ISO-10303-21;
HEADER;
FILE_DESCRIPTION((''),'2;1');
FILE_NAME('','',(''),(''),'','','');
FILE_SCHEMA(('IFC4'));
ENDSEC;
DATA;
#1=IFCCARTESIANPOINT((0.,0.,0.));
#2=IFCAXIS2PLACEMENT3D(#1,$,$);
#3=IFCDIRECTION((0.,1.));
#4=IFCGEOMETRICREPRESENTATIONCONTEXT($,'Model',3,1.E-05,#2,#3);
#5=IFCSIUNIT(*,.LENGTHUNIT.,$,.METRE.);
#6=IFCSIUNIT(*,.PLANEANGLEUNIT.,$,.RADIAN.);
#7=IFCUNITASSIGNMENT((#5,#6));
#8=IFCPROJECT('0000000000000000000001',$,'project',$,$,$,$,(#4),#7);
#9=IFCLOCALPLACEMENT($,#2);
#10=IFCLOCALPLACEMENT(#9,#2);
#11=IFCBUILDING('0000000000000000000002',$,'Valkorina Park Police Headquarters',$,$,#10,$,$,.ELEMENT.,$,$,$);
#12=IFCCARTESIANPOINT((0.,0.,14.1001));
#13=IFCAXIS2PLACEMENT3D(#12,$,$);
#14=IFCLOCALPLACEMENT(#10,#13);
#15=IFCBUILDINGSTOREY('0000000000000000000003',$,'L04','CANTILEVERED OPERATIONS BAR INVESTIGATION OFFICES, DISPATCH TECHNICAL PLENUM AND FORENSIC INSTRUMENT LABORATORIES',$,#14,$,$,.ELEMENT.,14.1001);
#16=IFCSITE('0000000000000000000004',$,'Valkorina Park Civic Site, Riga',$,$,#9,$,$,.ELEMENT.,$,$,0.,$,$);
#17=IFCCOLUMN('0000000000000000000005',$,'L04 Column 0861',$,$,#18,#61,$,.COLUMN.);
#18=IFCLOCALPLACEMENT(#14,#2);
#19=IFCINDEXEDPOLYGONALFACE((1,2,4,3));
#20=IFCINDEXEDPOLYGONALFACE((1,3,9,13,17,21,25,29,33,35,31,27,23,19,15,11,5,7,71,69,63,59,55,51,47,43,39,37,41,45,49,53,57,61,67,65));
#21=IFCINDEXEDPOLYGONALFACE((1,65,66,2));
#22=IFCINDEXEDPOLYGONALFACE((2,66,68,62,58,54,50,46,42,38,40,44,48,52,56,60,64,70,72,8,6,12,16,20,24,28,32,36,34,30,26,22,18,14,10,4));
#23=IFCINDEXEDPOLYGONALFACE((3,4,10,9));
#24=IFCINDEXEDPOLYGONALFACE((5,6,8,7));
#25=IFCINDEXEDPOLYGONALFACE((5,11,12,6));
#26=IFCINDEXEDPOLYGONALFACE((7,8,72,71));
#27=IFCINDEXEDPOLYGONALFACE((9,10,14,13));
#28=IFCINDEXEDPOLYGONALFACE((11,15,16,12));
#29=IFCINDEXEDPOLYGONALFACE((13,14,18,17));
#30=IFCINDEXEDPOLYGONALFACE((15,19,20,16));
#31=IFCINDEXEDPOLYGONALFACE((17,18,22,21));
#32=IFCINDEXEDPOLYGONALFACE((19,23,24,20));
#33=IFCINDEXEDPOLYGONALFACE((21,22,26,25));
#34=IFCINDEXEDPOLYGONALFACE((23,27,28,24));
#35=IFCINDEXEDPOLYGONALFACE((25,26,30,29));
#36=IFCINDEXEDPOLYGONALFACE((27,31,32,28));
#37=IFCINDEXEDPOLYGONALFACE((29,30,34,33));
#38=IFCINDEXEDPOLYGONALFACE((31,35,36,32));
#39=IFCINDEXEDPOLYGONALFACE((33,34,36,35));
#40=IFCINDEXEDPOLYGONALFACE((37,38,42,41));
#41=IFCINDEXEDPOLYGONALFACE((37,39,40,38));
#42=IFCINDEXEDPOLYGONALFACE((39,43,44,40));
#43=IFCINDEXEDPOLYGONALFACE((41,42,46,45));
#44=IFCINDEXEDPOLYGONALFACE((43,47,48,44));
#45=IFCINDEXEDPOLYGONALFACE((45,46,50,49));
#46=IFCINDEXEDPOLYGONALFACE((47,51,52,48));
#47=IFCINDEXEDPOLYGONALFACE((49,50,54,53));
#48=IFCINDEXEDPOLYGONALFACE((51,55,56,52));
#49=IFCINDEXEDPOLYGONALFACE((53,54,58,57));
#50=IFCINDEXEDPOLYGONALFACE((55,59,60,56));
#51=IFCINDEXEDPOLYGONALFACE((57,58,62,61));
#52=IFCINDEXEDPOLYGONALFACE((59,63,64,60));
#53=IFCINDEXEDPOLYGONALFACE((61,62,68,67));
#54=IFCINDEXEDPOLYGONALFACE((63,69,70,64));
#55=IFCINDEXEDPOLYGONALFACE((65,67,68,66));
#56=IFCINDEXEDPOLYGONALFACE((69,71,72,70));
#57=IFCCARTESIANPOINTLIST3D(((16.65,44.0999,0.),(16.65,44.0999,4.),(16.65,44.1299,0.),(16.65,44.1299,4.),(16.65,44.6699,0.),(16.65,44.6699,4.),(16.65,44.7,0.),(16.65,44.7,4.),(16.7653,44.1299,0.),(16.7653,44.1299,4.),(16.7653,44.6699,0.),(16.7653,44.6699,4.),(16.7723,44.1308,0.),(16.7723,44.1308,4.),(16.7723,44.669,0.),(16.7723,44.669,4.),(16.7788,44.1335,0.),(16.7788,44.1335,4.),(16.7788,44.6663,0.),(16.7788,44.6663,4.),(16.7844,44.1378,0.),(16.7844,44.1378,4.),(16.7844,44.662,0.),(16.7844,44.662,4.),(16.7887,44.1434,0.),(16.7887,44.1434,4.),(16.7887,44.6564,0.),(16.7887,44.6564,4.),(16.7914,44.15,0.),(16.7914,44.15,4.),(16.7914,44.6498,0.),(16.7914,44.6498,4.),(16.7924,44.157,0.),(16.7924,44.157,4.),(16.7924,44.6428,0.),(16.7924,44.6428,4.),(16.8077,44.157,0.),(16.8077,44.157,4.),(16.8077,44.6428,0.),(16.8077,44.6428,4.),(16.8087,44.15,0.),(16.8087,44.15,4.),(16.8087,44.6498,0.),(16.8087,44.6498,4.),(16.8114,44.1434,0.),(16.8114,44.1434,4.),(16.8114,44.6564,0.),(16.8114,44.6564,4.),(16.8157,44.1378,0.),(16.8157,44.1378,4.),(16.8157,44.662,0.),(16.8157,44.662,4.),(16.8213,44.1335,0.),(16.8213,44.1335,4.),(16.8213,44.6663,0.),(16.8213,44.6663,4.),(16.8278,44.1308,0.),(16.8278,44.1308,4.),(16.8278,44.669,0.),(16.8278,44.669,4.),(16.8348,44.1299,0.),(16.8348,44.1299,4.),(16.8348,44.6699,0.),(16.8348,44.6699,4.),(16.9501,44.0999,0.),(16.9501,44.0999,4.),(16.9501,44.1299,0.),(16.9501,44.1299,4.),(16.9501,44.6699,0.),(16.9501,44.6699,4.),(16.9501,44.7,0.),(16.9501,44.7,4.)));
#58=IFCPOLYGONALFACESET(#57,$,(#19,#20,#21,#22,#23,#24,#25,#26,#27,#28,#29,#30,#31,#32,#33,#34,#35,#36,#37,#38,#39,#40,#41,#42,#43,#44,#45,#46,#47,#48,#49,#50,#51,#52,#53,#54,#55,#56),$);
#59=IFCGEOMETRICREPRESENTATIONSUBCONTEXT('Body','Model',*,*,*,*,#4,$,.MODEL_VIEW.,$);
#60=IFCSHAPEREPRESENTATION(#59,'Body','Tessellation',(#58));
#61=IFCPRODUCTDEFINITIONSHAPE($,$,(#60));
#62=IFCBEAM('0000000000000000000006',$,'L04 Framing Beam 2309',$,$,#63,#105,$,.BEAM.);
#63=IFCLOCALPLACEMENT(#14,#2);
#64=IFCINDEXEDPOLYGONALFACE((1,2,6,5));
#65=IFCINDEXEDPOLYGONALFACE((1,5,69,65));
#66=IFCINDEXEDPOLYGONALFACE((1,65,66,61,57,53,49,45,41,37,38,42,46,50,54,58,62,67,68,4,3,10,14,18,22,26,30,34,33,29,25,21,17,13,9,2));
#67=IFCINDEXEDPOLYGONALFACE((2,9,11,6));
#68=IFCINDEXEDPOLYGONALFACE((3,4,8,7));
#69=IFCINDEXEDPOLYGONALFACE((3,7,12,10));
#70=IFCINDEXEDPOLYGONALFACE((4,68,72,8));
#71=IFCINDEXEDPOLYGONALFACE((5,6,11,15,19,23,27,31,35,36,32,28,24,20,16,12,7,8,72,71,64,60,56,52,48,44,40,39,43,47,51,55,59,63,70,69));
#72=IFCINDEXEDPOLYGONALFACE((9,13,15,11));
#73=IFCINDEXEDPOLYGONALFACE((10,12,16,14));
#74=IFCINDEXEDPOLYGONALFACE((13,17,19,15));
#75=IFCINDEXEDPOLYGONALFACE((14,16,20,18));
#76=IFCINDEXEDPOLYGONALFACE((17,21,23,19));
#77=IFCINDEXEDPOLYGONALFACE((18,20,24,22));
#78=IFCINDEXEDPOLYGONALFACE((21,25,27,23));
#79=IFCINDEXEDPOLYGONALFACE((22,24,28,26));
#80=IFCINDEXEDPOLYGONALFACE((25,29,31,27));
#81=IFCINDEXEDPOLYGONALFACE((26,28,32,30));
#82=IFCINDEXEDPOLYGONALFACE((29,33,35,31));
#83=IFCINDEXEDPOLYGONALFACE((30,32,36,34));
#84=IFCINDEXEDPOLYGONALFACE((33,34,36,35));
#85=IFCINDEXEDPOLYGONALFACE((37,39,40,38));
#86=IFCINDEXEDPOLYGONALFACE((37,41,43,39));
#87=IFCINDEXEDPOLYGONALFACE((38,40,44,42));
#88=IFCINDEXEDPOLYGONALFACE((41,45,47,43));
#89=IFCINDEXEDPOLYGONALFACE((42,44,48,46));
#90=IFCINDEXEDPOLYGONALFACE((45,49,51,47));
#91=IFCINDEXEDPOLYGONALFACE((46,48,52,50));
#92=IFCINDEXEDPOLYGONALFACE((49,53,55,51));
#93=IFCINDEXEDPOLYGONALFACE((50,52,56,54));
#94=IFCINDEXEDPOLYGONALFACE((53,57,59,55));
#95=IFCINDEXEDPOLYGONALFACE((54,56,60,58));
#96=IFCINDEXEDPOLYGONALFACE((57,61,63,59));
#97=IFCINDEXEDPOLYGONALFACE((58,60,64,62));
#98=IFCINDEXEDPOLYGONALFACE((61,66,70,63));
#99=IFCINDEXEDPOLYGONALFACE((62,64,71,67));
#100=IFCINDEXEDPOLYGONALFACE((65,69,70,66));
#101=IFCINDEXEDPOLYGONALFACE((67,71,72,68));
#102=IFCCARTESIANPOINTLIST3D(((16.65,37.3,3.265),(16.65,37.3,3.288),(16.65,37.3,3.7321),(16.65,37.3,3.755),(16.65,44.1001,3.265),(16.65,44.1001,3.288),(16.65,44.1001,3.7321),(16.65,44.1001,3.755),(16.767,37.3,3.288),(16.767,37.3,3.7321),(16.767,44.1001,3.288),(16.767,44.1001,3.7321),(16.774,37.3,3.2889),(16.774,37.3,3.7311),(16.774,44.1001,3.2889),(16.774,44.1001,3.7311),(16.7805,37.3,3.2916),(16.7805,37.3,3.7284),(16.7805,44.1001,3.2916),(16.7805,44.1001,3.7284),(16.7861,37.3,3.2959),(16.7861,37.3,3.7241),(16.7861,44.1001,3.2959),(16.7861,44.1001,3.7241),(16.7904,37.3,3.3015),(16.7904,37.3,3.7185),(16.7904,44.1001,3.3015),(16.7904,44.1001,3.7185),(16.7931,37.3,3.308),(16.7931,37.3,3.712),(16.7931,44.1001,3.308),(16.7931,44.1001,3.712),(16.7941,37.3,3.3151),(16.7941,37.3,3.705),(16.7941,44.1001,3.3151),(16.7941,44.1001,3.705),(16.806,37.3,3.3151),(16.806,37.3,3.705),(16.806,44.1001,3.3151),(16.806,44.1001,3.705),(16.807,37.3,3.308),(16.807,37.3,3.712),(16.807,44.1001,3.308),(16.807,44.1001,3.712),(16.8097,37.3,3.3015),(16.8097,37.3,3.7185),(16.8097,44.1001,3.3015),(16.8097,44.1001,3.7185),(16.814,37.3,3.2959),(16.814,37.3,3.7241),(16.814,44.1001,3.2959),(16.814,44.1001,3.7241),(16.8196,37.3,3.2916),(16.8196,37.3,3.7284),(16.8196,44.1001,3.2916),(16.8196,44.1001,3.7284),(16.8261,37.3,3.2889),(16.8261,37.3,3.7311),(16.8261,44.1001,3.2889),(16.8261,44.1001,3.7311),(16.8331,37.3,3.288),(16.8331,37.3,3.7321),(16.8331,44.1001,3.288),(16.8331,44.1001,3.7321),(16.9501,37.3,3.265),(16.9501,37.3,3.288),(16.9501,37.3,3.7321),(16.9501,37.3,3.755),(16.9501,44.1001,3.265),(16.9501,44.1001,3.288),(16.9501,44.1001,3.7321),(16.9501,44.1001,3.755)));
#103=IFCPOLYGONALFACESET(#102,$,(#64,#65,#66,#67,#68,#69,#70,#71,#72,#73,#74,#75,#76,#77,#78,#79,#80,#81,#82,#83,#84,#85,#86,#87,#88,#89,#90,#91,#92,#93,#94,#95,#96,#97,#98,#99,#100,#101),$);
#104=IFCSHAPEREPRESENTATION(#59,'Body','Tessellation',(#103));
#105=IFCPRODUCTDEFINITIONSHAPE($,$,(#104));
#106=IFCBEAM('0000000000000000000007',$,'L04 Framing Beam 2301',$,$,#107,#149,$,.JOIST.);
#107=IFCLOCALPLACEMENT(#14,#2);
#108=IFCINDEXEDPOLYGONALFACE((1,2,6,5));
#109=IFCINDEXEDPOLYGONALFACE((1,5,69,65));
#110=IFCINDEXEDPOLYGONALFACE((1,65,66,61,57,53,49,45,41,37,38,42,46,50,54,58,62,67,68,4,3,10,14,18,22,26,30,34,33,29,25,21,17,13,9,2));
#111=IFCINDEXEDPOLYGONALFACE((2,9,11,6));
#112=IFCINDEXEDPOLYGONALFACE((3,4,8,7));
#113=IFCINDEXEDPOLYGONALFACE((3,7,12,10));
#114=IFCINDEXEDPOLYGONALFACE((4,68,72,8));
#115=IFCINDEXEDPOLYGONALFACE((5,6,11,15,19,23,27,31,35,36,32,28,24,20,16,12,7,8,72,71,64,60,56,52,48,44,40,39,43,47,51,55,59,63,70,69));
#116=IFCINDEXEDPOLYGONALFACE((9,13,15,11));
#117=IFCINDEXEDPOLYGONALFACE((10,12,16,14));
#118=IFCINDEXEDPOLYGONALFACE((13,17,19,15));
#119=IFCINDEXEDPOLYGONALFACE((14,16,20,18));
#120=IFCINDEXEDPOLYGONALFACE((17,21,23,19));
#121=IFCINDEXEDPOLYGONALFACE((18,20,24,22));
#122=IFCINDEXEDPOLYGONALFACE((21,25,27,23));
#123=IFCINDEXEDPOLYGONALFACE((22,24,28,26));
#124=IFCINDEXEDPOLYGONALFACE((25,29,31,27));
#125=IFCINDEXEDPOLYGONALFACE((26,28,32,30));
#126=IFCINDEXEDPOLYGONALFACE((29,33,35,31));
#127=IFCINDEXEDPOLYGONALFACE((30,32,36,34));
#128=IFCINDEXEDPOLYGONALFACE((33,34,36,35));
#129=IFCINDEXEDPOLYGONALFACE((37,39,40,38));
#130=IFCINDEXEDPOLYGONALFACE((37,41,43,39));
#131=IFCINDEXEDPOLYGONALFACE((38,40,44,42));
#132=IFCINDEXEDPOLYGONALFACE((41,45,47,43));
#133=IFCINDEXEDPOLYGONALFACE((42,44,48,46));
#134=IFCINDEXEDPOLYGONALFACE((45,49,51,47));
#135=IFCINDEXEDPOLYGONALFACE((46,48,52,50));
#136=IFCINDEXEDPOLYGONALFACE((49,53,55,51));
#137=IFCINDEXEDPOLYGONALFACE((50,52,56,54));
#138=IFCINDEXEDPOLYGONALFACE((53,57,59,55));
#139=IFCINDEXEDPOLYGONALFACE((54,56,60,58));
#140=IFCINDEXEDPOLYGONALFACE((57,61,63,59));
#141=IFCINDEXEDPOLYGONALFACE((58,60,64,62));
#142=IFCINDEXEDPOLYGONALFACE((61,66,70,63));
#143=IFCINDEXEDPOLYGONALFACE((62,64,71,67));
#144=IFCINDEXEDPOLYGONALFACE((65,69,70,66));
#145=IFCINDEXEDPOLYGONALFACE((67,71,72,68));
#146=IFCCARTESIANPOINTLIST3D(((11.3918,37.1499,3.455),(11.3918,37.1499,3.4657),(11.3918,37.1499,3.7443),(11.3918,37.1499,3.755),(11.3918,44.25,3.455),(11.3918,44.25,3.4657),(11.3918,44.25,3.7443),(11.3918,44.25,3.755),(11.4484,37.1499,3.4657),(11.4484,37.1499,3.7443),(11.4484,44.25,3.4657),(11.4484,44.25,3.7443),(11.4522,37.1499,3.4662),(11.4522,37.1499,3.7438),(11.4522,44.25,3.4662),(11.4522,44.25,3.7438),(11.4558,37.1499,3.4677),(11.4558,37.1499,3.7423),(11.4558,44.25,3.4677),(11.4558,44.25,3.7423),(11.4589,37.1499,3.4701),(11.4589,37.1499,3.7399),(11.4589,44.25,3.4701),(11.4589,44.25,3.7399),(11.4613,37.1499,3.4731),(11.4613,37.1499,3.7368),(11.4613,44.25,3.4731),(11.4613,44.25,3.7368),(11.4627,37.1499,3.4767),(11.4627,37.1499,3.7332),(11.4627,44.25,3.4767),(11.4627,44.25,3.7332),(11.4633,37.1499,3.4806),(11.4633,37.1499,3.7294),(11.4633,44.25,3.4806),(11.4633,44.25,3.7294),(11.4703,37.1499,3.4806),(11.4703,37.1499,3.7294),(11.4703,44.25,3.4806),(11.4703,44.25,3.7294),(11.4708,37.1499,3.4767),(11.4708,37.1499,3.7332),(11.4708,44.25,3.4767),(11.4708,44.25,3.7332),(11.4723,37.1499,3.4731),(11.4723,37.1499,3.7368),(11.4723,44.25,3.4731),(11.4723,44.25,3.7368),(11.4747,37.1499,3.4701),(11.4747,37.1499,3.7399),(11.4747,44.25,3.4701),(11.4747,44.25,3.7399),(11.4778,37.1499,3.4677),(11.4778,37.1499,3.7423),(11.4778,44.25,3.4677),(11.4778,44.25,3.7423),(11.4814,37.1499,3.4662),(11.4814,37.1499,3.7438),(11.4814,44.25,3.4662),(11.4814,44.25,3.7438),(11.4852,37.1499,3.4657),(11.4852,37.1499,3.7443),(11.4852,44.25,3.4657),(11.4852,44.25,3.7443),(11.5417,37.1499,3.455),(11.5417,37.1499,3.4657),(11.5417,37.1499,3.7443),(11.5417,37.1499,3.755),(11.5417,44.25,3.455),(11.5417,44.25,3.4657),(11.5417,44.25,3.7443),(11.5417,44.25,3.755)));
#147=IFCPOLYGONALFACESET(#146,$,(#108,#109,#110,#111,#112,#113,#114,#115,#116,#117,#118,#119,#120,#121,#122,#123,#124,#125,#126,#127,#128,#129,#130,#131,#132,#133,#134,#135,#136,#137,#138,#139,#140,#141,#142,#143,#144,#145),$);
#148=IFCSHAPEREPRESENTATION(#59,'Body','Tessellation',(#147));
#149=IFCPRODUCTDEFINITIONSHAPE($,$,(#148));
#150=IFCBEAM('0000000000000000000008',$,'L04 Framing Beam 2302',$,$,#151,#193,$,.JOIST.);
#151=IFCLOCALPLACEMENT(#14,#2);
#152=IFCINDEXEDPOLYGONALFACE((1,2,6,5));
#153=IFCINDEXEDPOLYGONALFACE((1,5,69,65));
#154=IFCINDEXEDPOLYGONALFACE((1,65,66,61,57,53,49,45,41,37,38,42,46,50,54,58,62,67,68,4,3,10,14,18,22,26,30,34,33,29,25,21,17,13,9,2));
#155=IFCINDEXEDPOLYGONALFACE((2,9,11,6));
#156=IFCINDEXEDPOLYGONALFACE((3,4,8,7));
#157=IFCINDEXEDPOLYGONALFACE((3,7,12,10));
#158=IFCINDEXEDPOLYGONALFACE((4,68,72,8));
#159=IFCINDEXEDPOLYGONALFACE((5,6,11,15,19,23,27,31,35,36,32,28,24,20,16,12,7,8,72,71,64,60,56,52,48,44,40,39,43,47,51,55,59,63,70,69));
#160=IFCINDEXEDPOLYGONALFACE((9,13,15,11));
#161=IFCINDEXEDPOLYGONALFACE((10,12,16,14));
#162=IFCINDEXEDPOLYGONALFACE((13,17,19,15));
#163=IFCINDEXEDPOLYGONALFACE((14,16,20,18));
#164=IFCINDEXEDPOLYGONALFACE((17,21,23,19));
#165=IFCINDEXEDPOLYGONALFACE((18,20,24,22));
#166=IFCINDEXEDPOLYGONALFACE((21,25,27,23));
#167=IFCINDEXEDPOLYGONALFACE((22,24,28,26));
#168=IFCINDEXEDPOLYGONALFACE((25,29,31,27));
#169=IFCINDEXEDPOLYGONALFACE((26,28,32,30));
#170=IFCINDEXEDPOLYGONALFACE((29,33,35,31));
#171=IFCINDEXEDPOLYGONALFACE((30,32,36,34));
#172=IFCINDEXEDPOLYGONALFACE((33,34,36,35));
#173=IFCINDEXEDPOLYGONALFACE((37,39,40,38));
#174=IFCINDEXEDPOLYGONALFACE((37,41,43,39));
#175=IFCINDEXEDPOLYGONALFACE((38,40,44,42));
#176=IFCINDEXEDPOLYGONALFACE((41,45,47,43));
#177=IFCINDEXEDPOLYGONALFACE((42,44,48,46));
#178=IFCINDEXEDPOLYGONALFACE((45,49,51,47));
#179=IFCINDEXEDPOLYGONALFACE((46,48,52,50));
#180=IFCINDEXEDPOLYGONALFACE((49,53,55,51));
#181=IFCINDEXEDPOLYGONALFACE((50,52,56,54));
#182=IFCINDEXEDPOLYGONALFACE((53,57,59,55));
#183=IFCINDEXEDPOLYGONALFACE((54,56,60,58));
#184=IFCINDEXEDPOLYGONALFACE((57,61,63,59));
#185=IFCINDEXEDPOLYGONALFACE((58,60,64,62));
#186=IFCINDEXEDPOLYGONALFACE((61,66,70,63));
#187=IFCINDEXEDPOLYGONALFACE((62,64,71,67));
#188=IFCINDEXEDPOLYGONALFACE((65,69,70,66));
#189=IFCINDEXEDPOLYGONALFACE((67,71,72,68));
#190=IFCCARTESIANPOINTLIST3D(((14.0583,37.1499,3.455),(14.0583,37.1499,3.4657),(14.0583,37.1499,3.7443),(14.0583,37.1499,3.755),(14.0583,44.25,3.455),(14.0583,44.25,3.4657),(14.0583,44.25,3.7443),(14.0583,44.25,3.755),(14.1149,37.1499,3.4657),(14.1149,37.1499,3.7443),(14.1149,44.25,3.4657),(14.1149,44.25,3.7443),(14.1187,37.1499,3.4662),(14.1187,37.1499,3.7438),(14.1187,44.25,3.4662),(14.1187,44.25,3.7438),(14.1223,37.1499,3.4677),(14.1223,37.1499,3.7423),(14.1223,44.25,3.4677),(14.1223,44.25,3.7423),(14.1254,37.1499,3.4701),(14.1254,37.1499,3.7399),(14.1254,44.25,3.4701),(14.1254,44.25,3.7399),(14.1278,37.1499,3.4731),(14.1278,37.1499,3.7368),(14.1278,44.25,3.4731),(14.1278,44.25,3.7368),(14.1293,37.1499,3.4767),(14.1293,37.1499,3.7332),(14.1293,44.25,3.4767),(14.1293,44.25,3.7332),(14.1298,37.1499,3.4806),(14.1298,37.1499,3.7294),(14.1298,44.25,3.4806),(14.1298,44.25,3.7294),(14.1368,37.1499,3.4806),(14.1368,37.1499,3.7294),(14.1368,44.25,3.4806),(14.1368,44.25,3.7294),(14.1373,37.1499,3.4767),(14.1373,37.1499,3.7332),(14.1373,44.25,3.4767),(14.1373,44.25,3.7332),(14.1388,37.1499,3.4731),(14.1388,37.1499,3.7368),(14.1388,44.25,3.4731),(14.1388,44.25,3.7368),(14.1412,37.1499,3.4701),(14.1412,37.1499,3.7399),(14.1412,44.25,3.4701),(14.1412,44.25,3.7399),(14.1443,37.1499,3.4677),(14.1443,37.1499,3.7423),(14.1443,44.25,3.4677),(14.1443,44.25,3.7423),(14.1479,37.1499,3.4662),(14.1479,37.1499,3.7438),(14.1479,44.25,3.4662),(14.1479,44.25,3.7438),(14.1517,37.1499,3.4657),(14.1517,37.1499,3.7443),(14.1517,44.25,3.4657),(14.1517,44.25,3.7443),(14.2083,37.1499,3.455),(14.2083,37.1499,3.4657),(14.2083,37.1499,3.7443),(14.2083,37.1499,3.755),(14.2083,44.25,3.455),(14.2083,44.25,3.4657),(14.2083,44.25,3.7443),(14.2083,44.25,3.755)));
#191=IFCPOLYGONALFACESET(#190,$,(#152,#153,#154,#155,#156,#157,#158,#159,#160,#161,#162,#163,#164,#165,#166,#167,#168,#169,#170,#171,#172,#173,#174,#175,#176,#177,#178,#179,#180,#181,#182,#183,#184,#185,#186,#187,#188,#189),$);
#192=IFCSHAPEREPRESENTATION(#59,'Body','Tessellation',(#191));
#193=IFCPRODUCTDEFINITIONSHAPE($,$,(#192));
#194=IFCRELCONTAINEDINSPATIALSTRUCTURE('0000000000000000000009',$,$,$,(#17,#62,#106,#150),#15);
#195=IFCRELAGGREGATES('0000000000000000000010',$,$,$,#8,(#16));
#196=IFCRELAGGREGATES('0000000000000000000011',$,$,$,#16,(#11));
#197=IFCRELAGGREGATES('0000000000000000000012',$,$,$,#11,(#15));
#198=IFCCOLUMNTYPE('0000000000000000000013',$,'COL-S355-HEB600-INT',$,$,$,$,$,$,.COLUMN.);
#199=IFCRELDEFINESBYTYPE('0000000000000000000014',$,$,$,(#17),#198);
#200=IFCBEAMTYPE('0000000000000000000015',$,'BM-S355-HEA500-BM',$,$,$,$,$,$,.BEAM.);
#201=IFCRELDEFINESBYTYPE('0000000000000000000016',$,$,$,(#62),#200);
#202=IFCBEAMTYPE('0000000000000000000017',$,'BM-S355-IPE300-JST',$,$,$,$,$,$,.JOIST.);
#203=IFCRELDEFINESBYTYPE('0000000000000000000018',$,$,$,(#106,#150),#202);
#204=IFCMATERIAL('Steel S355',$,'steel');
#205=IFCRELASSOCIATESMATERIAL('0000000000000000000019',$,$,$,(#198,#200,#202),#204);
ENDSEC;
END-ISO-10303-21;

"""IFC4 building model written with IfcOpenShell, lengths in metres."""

from ifc_helpers import new_model, si_unit, direction, frame, origin, origin_2d, place, context, subcontext, project, spatial, i_section, extrude, material, material_profile, profile_set, type_object, element, save


model = new_model("IFC4")

# Units and contexts
model_context = context("Model", 3, precision=1e-05, world=origin(), true_north=direction((0.0, 1.0)))
body_context = subcontext(model_context, "Body", "Model", "MODEL_VIEW")
ifc_project = project(units=[si_unit("LENGTHUNIT", "METRE"), si_unit("PLANEANGLEUNIT", "RADIAN")], contexts=[model_context])

# Site, building, storey
site_placement = place(None, origin())
site = spatial("IfcSite", under=ifc_project, at=site_placement, Name="Valkorina Park Civic Site, Riga", CompositionType="ELEMENT", RefElevation=0.0)
building_placement = place(site_placement, origin())
building = spatial("IfcBuilding", under=site, at=building_placement, Name="Valkorina Park Police Headquarters", CompositionType="ELEMENT")
storey_placement = place(building_placement, frame((0.0, 0.0, 14.1001)))
storey = spatial("IfcBuildingStorey", under=building, at=storey_placement, Name="L04", Description="CANTILEVERED OPERATIONS BAR INVESTIGATION OFFICES, DISPATCH TECHNICAL PLENUM AND FORENSIC INSTRUMENT LABORATORIES", CompositionType="ELEMENT", Elevation=14.1001)

# Column
ifc_material_1 = material(Name="Steel S355", Category="steel")
ifc_material_profile_1 = material_profile(ifc_material_1, i_section(OverallWidth=0.3, OverallDepth=0.6001, WebThickness=0.0154, FlangeThickness=0.03, FilletRadius=0.0271, at=origin_2d()), Name="HEB 600")
ifc_profile_set_1 = profile_set([ifc_material_profile_1], Name="Steel S355")
column_type = type_object("IfcColumnType", Name="COL-S355-HEB600-INT", PredefinedType="COLUMN", material=ifc_profile_set_1)
column_placement = place(storey_placement, frame((16.8, 44.3999, 0.0), z_axis=(0.0, 0.0, 1.0), x_axis=(1.0, 0.0, 0.0)))
element("IfcColumn", 1, at=column_placement, inside=storey, type_object=column_type, Name="L04 Column 0861", PredefinedType="COLUMN", context=body_context, shape_type="SweptSolid", body=[
    extrude(i_section(OverallWidth=0.3, OverallDepth=0.6001, WebThickness=0.0154, FlangeThickness=0.03, FilletRadius=0.0271, at=origin_2d()), origin(), (0.0, 0.0, 1.0), 4.0),
])

# Beams
ifc_material_profile_2 = material_profile(ifc_material_1, i_section(OverallWidth=0.3, OverallDepth=0.49, WebThickness=0.012, FlangeThickness=0.0229, FilletRadius=0.0271, at=origin_2d()), Name="HEA 500")
ifc_profile_set_2 = profile_set([ifc_material_profile_2], Name="Steel S355")
beam_type_1 = type_object("IfcBeamType", Name="BM-S355-HEA500-BM", PredefinedType="BEAM", material=ifc_profile_set_2)
beam_placement = place(storey_placement, frame((16.8, 37.3, 3.51), z_axis=(0.0, 1.0, 0.0), x_axis=(-1.0, 0.0, 0.0)))
element("IfcBeam", 2, at=beam_placement, inside=storey, type_object=beam_type_1, Name="L04 Framing Beam 2309", PredefinedType="BEAM", context=body_context, shape_type="SweptSolid", body=[
    extrude(i_section(OverallWidth=0.3, OverallDepth=0.49, WebThickness=0.012, FlangeThickness=0.0229, FilletRadius=0.0271, at=origin_2d()), origin(), (0.0, 0.0, 1.0), 6.8),
])
ifc_material_profile_3 = material_profile(ifc_material_1, i_section(OverallWidth=0.1499, OverallDepth=0.3, WebThickness=0.0071, FlangeThickness=0.0107, FilletRadius=0.0149, at=origin_2d()), Name="IPE 300")
ifc_profile_set_3 = profile_set([ifc_material_profile_3], Name="Steel S355")
beam_type_2 = type_object("IfcBeamType", Name="BM-S355-IPE300-JST", PredefinedType="JOIST", material=ifc_profile_set_3)
for number, where, z_axis, x_axis, name in (
    (3, (11.4668, 37.1499, 3.605), (0.0, 1.0, 0.0), (-1.0, 0.0, 0.0), "L04 Framing Beam 2301"),
    (4, (14.1333, 37.1499, 3.605), (0.0, 1.0, 0.0), (-1.0, 0.0, 0.0), "L04 Framing Beam 2302"),
):
    element("IfcBeam", number, at=place(storey_placement, frame(where, z_axis=z_axis, x_axis=x_axis)), inside=storey, type_object=beam_type_2, Name=name, PredefinedType="JOIST", context=body_context, shape_type="SweptSolid", body=[
        extrude(i_section(OverallWidth=0.1499, OverallDepth=0.3, WebThickness=0.0071, FlangeThickness=0.0107, FilletRadius=0.0149, at=origin_2d()), origin(), (0.0, 0.0, 1.0), 7.1001),
    ])

save(model, "model.ifc")
